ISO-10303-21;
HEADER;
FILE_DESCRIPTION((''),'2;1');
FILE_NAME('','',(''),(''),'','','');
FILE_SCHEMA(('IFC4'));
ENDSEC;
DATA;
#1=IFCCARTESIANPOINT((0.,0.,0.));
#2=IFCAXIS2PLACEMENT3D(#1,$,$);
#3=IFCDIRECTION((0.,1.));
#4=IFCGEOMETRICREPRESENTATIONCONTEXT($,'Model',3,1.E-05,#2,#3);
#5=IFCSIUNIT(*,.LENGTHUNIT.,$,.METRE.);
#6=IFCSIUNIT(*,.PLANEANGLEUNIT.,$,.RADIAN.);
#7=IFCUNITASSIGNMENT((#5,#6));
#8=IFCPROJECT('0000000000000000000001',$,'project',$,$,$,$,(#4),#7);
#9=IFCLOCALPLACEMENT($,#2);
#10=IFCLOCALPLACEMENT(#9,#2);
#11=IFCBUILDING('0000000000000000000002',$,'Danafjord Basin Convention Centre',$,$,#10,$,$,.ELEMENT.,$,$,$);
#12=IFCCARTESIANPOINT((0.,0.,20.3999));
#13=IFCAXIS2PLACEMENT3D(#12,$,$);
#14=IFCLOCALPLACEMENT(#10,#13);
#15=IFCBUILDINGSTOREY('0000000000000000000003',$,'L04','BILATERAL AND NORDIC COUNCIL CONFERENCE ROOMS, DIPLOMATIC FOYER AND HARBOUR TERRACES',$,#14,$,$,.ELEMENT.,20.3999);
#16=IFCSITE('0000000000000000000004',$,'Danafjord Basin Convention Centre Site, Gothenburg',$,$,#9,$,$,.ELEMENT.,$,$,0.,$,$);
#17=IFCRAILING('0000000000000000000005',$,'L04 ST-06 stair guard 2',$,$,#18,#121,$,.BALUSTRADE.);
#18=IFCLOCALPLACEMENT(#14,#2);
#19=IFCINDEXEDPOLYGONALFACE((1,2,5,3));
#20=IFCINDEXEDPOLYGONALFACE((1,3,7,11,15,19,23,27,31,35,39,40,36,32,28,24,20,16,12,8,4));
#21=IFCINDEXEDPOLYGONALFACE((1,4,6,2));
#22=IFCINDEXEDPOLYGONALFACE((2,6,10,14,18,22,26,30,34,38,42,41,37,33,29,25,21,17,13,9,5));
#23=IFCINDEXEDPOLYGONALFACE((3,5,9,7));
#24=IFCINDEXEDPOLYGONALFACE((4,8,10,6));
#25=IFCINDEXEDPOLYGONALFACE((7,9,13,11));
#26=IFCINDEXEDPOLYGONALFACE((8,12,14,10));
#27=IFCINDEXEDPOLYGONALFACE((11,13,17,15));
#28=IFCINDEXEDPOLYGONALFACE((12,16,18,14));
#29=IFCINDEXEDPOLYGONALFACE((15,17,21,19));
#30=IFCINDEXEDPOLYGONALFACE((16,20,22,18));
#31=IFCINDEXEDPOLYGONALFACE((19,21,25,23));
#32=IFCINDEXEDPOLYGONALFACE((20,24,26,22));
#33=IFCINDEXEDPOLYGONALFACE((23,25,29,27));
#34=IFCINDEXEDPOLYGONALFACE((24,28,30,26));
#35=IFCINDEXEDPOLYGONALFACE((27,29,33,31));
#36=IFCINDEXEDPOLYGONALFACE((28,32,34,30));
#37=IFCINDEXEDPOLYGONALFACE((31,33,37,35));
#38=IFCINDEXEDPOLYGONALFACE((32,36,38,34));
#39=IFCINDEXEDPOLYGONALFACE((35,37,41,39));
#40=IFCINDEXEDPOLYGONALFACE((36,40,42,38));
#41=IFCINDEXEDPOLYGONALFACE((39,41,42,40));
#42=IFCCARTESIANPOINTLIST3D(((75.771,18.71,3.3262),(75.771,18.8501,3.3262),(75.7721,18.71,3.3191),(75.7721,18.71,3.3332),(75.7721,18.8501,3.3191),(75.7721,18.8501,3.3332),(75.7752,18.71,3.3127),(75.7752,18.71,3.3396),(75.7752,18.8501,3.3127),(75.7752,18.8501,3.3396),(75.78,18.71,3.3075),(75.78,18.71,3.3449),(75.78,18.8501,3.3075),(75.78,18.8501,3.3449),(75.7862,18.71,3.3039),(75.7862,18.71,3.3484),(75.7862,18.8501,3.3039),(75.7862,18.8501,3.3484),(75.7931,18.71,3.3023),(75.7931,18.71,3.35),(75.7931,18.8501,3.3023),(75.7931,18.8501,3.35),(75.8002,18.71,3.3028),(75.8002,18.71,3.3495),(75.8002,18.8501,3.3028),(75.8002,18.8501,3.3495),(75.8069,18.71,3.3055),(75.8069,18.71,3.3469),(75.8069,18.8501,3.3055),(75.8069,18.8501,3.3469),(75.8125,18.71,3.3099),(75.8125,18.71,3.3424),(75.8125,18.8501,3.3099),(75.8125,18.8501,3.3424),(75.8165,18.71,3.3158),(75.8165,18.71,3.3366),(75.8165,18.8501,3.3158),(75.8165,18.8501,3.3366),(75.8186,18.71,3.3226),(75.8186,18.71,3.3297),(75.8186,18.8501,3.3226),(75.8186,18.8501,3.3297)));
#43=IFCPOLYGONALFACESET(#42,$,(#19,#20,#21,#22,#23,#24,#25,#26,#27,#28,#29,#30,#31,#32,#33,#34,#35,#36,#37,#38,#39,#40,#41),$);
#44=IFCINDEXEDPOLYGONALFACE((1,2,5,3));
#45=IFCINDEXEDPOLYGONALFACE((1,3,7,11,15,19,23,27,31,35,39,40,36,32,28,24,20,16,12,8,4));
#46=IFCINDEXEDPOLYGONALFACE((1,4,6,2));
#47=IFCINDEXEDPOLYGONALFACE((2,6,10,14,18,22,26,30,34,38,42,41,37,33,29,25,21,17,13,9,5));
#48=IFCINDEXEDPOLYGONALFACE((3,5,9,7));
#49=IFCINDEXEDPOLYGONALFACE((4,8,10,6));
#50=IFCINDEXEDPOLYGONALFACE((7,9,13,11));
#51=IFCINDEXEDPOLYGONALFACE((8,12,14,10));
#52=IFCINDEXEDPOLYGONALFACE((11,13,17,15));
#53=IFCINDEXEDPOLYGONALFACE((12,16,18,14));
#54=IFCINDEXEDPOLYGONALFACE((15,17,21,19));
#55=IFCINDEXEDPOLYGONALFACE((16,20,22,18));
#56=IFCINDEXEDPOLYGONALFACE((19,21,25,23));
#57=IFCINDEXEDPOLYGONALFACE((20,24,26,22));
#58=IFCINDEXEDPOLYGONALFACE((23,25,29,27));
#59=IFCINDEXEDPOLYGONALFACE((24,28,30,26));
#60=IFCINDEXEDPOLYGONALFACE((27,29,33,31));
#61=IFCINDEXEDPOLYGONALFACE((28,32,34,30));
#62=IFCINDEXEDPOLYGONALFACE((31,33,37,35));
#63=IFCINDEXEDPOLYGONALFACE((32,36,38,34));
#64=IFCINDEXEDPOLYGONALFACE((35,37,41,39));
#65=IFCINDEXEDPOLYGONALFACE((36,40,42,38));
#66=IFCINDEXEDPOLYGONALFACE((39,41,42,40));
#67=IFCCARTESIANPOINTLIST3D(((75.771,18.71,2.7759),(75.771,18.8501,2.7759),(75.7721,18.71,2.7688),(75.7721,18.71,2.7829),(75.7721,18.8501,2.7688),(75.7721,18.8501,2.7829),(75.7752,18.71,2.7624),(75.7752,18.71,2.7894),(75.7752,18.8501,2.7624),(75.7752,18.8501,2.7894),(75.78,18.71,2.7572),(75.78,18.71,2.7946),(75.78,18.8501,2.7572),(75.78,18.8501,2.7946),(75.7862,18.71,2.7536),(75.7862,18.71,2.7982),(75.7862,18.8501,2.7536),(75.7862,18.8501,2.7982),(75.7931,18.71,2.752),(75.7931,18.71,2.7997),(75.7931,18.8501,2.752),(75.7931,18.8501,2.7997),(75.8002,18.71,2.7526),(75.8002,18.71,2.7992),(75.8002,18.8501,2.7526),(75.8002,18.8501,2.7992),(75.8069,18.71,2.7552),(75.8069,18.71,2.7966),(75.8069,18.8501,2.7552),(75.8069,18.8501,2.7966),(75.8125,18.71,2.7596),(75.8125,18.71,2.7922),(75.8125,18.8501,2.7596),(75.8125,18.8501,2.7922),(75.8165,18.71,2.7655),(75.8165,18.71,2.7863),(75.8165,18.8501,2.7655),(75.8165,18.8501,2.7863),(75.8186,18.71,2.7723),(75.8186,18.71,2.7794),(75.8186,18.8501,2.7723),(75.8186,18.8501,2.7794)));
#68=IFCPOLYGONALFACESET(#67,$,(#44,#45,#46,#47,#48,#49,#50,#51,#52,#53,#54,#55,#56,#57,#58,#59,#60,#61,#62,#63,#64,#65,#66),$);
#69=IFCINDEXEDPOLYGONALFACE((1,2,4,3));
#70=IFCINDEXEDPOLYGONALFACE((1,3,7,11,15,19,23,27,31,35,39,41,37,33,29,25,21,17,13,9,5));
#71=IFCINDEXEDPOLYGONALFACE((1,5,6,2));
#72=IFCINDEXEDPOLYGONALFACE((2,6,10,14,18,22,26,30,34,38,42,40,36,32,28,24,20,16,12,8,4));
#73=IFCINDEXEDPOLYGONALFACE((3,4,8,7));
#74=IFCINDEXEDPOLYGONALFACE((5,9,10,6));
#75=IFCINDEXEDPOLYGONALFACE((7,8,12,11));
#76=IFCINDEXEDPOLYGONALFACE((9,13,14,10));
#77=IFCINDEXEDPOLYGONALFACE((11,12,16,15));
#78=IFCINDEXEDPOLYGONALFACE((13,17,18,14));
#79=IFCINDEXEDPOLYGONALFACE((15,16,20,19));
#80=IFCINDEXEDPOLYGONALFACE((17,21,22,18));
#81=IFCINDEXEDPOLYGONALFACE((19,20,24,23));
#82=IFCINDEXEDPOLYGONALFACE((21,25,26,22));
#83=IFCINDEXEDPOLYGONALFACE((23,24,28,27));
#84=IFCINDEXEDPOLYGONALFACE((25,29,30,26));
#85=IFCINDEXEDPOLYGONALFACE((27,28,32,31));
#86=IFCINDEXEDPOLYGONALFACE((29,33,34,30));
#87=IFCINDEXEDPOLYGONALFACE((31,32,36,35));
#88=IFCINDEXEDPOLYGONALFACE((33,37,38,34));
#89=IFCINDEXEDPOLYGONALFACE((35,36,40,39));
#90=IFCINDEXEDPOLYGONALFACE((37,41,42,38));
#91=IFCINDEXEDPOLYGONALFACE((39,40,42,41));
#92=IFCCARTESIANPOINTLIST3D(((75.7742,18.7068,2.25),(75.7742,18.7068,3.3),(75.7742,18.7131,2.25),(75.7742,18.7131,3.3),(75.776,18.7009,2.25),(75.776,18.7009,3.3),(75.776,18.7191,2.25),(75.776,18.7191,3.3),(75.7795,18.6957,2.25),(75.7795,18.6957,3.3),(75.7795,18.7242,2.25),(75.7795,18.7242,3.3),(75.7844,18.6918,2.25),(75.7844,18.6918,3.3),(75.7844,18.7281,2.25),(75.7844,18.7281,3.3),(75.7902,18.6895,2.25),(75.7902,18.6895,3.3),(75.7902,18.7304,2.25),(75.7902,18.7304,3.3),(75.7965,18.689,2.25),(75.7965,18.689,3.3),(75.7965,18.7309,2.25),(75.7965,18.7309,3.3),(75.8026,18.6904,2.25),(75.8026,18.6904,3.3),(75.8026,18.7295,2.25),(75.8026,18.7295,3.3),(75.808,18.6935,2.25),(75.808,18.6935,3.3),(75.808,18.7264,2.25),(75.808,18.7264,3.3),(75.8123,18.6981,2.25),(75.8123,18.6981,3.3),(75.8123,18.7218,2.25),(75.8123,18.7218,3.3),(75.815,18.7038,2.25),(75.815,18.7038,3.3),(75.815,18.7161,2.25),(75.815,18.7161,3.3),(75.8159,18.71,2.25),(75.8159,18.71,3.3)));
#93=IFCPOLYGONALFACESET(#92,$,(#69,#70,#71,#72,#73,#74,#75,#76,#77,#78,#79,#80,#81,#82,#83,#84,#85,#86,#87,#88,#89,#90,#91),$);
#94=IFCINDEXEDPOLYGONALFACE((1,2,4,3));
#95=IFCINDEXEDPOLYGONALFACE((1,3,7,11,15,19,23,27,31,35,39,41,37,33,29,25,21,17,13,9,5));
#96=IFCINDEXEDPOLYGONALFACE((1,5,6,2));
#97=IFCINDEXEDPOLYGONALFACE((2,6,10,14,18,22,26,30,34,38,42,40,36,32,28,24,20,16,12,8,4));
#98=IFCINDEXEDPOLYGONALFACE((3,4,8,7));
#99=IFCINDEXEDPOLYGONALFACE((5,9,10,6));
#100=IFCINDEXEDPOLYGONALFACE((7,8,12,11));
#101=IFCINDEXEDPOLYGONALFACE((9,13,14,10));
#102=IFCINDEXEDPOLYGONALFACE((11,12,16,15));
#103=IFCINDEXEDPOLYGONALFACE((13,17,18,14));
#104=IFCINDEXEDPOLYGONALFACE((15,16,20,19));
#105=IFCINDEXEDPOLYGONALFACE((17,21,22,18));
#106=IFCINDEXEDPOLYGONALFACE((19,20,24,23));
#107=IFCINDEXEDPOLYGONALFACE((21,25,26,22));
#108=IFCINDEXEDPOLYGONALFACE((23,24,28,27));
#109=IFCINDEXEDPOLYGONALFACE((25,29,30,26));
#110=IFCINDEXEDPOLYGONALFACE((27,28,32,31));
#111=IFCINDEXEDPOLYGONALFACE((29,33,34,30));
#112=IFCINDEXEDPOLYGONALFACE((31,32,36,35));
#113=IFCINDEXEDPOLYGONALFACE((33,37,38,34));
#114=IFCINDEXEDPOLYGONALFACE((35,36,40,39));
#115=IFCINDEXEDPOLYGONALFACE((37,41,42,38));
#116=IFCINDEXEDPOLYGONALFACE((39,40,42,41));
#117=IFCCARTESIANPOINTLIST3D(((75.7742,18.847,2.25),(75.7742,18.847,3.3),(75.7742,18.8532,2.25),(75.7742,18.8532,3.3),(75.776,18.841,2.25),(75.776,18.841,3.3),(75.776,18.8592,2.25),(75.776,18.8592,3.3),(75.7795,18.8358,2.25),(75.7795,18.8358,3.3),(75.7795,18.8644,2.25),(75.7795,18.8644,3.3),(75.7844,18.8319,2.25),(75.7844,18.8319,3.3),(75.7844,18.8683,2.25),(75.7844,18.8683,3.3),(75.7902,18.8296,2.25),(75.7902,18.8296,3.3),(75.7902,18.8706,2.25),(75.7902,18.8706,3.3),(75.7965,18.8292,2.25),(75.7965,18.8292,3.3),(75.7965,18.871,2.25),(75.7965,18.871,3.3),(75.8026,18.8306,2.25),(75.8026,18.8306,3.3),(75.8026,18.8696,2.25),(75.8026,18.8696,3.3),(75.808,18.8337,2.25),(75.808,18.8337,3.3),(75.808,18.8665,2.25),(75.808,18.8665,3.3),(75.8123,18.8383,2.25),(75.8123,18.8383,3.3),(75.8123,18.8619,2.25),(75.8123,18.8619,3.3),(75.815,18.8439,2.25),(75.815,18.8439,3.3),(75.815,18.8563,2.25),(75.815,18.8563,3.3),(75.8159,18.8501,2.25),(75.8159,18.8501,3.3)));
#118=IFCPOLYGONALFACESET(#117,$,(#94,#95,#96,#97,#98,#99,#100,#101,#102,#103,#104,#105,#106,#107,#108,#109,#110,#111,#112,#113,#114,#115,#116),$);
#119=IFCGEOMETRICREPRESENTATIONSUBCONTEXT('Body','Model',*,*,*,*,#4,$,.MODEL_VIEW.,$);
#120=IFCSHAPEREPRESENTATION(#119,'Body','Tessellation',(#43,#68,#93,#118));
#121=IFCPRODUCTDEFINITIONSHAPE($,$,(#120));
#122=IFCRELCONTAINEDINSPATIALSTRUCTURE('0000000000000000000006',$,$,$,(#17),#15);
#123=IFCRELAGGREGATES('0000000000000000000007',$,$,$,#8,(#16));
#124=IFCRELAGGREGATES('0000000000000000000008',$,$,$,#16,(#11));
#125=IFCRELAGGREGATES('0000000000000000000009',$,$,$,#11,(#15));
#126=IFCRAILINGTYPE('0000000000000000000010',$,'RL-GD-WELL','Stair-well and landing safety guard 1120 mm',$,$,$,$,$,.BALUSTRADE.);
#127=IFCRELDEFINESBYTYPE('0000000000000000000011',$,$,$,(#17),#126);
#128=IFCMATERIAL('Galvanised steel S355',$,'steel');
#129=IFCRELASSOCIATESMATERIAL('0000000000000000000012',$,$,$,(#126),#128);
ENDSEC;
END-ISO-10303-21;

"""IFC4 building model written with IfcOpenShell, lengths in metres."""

from ifc_helpers import new_model, si_unit, direction, frame, origin, origin_2d, place, context, subcontext, project, spatial, circle, extrude, material, type_object, element, save


model = new_model("IFC4")

# Units and contexts
model_context = context("Model", 3, precision=1e-05, world=origin(), true_north=direction((0.0, 1.0)))
body_context = subcontext(model_context, "Body", "Model", "MODEL_VIEW")
ifc_project = project(units=[si_unit("LENGTHUNIT", "METRE"), si_unit("PLANEANGLEUNIT", "RADIAN")], contexts=[model_context])

# Site, building, storey
site_placement = place(None, origin())
site = spatial("IfcSite", under=ifc_project, at=site_placement, Name="Danafjord Basin Convention Centre Site, Gothenburg", CompositionType="ELEMENT", RefElevation=0.0)
building_placement = place(site_placement, origin())
building = spatial("IfcBuilding", under=site, at=building_placement, Name="Danafjord Basin Convention Centre", CompositionType="ELEMENT")
storey_placement = place(building_placement, frame((0.0, 0.0, 20.3999)))
storey = spatial("IfcBuildingStorey", under=building, at=storey_placement, Name="L04", Description="BILATERAL AND NORDIC COUNCIL CONFERENCE ROOMS, DIPLOMATIC FOYER AND HARBOUR TERRACES", CompositionType="ELEMENT", Elevation=20.3999)

# Railing
ifc_material_1 = material(Name="Galvanised steel S355", Category="steel")
railing_type_1 = type_object("IfcRailingType", Name="RL-GD-WELL", Description="Stair-well and landing safety guard 1120 mm", PredefinedType="BALUSTRADE", material=ifc_material_1)
railing_1_placement = place(storey_placement, frame((75.7949, 18.71, 2.25)))
element("IfcRailing", 1, at=railing_1_placement, inside=storey, type_object=railing_type_1, Name="L04 ST-06 stair guard 2", PredefinedType="BALUSTRADE", context=body_context, shape_type="SweptSolid", body=[
    extrude(circle(Radius=0.0239, at=origin_2d()), frame((0.0, 0.0, 1.0762), z_axis=(0.0, 1.0, 0.0), x_axis=(-1.0, 0.0, 0.0)), (0.0, 0.0, 1.0), 0.1401),
    extrude(circle(Radius=0.0239, at=origin_2d()), frame((0.0, 0.0, 0.5259), z_axis=(0.0, 1.0, 0.0), x_axis=(-1.0, 0.0, 0.0)), (0.0, 0.0, 1.0), 0.1401),
    extrude(circle(Radius=0.021, at=origin_2d()), origin(), (0.0, 0.0, 1.0), 1.05),
    extrude(circle(Radius=0.021, at=origin_2d()), frame((0.0, 0.1401, 0.0)), (0.0, 0.0, 1.0), 1.05),
])

save(model, "model.ifc")
